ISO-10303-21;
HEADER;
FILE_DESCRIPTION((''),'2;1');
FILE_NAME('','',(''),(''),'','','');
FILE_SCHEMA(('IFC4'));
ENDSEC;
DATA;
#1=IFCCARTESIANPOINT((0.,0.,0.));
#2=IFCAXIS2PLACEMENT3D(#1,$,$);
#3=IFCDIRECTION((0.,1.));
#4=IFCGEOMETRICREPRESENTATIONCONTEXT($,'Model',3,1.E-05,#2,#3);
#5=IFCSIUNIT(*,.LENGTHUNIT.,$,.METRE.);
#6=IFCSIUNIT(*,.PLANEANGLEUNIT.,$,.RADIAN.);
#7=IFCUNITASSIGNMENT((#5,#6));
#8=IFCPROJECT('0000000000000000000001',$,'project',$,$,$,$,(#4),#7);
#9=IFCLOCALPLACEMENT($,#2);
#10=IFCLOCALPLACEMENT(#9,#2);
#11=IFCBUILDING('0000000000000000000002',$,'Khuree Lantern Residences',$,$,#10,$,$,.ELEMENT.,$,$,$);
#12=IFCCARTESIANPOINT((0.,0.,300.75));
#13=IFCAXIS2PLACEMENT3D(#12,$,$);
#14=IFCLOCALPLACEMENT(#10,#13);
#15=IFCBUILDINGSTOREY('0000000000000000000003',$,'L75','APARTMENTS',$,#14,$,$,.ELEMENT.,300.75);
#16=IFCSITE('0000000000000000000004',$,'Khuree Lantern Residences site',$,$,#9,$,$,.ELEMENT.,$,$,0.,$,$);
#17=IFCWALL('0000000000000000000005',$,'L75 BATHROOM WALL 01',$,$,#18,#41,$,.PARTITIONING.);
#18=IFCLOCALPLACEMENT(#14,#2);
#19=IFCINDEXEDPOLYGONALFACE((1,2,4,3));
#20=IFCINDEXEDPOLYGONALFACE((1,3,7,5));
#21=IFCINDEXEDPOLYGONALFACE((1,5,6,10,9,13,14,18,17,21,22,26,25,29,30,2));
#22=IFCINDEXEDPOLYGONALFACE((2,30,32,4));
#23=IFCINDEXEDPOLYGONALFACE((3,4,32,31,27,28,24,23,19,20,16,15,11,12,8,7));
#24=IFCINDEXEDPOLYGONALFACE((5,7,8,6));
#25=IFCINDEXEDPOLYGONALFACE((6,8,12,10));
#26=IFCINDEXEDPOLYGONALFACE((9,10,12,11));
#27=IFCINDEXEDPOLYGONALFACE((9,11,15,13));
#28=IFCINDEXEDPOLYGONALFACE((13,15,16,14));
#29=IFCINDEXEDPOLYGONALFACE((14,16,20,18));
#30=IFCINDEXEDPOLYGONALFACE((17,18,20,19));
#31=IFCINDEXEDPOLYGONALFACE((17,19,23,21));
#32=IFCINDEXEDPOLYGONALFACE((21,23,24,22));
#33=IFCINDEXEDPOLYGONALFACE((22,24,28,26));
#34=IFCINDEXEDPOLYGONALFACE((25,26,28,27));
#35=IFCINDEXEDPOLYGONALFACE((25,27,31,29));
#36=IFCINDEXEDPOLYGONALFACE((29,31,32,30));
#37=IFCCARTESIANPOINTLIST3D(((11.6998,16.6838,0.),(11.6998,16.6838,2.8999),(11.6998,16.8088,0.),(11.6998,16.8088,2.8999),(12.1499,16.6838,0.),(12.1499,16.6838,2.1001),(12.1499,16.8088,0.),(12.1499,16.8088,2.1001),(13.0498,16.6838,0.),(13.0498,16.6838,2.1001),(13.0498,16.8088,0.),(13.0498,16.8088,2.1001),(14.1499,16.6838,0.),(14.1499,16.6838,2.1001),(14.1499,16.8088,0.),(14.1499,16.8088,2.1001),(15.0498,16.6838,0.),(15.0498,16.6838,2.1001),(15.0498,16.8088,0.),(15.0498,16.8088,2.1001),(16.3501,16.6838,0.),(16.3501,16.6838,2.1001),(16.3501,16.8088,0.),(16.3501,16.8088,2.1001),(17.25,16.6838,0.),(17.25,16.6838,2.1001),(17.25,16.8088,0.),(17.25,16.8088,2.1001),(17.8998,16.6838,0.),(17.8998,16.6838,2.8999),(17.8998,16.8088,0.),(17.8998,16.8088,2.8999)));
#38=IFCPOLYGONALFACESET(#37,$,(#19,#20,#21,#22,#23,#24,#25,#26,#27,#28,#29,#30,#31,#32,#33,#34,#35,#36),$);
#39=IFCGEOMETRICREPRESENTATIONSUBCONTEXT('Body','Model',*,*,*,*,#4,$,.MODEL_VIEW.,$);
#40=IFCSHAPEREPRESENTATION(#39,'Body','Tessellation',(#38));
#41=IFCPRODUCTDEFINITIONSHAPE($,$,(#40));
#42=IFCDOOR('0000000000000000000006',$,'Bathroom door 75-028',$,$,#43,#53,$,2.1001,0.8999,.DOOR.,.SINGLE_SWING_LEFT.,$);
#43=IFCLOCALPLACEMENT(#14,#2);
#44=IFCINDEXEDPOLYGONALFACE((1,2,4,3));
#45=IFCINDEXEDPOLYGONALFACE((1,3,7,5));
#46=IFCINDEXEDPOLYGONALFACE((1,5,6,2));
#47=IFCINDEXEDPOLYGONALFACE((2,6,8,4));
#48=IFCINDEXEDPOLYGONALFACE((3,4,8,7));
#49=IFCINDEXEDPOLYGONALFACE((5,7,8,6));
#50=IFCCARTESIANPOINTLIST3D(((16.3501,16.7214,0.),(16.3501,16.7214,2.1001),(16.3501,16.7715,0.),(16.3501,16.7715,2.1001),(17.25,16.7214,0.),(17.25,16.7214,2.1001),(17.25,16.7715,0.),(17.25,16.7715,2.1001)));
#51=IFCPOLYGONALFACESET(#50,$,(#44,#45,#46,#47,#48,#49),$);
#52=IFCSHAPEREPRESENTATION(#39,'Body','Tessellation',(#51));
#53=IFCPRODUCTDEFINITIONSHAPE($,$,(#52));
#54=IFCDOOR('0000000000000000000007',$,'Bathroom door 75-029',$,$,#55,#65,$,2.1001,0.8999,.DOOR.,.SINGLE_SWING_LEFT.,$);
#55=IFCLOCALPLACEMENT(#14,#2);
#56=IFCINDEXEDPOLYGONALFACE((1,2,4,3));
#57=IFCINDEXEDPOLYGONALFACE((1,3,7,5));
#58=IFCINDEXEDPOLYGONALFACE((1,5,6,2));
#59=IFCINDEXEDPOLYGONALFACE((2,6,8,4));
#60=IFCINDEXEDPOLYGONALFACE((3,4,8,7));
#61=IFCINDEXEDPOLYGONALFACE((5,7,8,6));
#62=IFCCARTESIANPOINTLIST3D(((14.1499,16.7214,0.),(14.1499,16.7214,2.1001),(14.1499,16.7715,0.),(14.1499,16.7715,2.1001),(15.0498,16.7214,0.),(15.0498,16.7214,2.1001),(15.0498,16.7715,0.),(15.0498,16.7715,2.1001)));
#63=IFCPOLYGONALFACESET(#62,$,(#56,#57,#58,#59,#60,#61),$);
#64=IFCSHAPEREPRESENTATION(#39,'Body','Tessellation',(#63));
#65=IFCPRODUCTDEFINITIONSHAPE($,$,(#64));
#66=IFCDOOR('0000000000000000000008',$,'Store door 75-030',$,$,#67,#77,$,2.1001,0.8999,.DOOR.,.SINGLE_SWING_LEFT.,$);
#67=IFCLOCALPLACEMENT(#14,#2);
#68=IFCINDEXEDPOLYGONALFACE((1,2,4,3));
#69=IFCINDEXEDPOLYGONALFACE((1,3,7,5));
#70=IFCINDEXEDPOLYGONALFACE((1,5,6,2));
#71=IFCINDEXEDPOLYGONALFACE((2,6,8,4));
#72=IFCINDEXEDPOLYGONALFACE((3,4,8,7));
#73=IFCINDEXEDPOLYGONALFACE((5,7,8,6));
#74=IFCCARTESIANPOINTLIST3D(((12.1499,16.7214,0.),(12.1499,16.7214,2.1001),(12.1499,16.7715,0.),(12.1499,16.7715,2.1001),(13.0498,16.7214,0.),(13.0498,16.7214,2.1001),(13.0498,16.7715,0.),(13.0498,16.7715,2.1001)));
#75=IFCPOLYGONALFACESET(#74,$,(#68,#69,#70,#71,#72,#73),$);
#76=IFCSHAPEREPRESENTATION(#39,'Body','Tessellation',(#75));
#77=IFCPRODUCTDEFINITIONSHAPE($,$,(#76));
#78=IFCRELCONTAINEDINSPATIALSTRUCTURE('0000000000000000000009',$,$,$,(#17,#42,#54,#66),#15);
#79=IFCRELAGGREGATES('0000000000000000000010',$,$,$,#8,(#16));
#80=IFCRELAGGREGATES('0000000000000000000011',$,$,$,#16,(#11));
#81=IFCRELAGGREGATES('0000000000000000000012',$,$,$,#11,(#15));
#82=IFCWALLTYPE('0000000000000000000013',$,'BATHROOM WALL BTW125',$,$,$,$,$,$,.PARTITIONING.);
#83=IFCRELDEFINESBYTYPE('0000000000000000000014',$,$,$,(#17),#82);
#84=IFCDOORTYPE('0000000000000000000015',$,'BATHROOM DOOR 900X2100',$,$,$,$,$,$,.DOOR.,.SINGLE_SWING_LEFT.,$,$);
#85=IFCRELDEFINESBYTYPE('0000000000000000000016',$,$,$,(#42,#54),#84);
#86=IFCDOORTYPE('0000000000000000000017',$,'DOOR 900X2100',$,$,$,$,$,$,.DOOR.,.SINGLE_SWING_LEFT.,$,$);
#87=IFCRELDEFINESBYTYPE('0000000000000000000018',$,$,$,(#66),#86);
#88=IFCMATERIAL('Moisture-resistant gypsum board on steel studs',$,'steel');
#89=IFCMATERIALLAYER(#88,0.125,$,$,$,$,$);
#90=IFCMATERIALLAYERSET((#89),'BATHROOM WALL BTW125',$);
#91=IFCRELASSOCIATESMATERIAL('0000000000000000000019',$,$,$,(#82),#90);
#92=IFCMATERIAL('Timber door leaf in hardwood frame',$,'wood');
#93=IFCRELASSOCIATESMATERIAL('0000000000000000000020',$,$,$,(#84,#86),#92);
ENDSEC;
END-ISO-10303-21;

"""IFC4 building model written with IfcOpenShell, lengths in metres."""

from ifc_helpers import new_model, si_unit, direction, frame, frame_2d, origin, place, context, subcontext, project, spatial, rectangle, extrude, material, layer, layer_set, type_object, element, fill, save


model = new_model("IFC4")

# Units and contexts
model_context = context("Model", 3, precision=1e-05, world=origin(), true_north=direction((0.0, 1.0)))
body_context = subcontext(model_context, "Body", "Model", "MODEL_VIEW")
ifc_project = project(units=[si_unit("LENGTHUNIT", "METRE"), si_unit("PLANEANGLEUNIT", "RADIAN")], contexts=[model_context])

# Site, building, storey
site_placement = place(None, origin())
site = spatial("IfcSite", under=ifc_project, at=site_placement, Name="Khuree Lantern Residences site", CompositionType="ELEMENT", RefElevation=0.0)
building_placement = place(site_placement, origin())
building = spatial("IfcBuilding", under=site, at=building_placement, Name="Khuree Lantern Residences", CompositionType="ELEMENT")
storey_placement = place(building_placement, frame((0.0, 0.0, 300.75)))
storey = spatial("IfcBuildingStorey", under=building, at=storey_placement, Name="L75", Description="APARTMENTS", CompositionType="ELEMENT", Elevation=300.75)

# Wall, openings, doors
ifc_material_1 = material(Name="Moisture-resistant gypsum board on steel studs", Category="steel")
ifc_layer_1 = layer(ifc_material_1, 0.125)
ifc_layer_set_1 = layer_set([ifc_layer_1], Name="BATHROOM WALL BTW125")
wall_type = type_object("IfcWallType", Name="BATHROOM WALL BTW125", PredefinedType="PARTITIONING", material=ifc_layer_set_1)
wall_placement = place(storey_placement, frame((17.8999, 16.7463, 0.0), z_axis=(0.0, 0.0, 1.0), x_axis=(-1.0, 0.0, 0.0)))
wall = element("IfcWall", 1, at=wall_placement, inside=storey, type_object=wall_type, Name="L75 BATHROOM WALL 01", PredefinedType="PARTITIONING", context=body_context, shape_type="SweptSolid", body=[
    extrude(rectangle(XDim=6.2, YDim=0.125, at=frame_2d((3.1001, 0.0))), origin(), (0.0, 0.0, 1.0), 2.8999),
])
opening_1_placement = place(wall_placement, frame((0.6499, 0.0, 0.0)))
opening_1 = element("IfcOpeningElement", 2, at=opening_1_placement, cuts=wall, PredefinedType="OPENING", context=body_context, shape_type="SweptSolid", body=[
    extrude(rectangle(XDim=0.8999, YDim=2.1001, at=frame_2d((0.45, 1.05))), frame((0.0, 0.0725, 0.0), z_axis=(0.0, -1.0, 0.0), x_axis=(1.0, 0.0, 0.0)), (0.0, 0.0, 1.0), 0.145),
])
opening_2_placement = place(wall_placement, frame((2.8501, 0.0, 0.0)))
opening_2 = element("IfcOpeningElement", 3, at=opening_2_placement, cuts=wall, PredefinedType="OPENING", context=body_context, shape_type="SweptSolid", body=[
    extrude(rectangle(XDim=0.8999, YDim=2.1001, at=frame_2d((0.45, 1.05))), frame((0.0, 0.0725, 0.0), z_axis=(0.0, -1.0, 0.0), x_axis=(1.0, 0.0, 0.0)), (0.0, 0.0, 1.0), 0.145),
])
opening_3_placement = place(wall_placement, frame((4.8501, 0.0, 0.0)))
opening_3 = element("IfcOpeningElement", 4, at=opening_3_placement, cuts=wall, PredefinedType="OPENING", context=body_context, shape_type="SweptSolid", body=[
    extrude(rectangle(XDim=0.8999, YDim=2.1001, at=frame_2d((0.45, 1.05))), frame((0.0, 0.0725, 0.0), z_axis=(0.0, -1.0, 0.0), x_axis=(1.0, 0.0, 0.0)), (0.0, 0.0, 1.0), 0.145),
])
ifc_material_2 = material(Name="Timber door leaf in hardwood frame", Category="wood")
door_type_1 = type_object("IfcDoorType", Name="BATHROOM DOOR 900X2100", OperationType="SINGLE_SWING_LEFT", PredefinedType="DOOR", material=ifc_material_2)
door_1_placement = place(opening_1_placement, origin())
door_1 = element("IfcDoor", 5, at=door_1_placement, inside=storey, type_object=door_type_1, Name="Bathroom door 75-028", OperationType="SINGLE_SWING_LEFT", OverallHeight=2.1001, OverallWidth=0.8999, PredefinedType="DOOR", context=body_context, shape_type="SweptSolid", body=[
    extrude(rectangle(XDim=0.8999, YDim=2.1001, at=frame_2d((0.45, 1.05))), frame((0.0, 0.0249, 0.0), z_axis=(0.0, -1.0, 0.0), x_axis=(1.0, 0.0, 0.0)), (0.0, 0.0, 1.0), 0.05),
])
fill(opening_1, door_1)
door_2_placement = place(opening_2_placement, origin())
door_2 = element("IfcDoor", 6, at=door_2_placement, inside=storey, type_object=door_type_1, Name="Bathroom door 75-029", OperationType="SINGLE_SWING_LEFT", OverallHeight=2.1001, OverallWidth=0.8999, PredefinedType="DOOR", context=body_context, shape_type="SweptSolid", body=[
    extrude(rectangle(XDim=0.8999, YDim=2.1001, at=frame_2d((0.45, 1.05))), frame((0.0, 0.0249, 0.0), z_axis=(0.0, -1.0, 0.0), x_axis=(1.0, 0.0, 0.0)), (0.0, 0.0, 1.0), 0.05),
])
fill(opening_2, door_2)
door_type_2 = type_object("IfcDoorType", Name="DOOR 900X2100", OperationType="SINGLE_SWING_LEFT", PredefinedType="DOOR", material=ifc_material_2)
door_3_placement = place(opening_3_placement, origin())
door_3 = element("IfcDoor", 7, at=door_3_placement, inside=storey, type_object=door_type_2, Name="Store door 75-030", OperationType="SINGLE_SWING_LEFT", OverallHeight=2.1001, OverallWidth=0.8999, PredefinedType="DOOR", context=body_context, shape_type="SweptSolid", body=[
    extrude(rectangle(XDim=0.8999, YDim=2.1001, at=frame_2d((0.45, 1.05))), frame((0.0, 0.0249, 0.0), z_axis=(0.0, -1.0, 0.0), x_axis=(1.0, 0.0, 0.0)), (0.0, 0.0, 1.0), 0.05),
])
fill(opening_3, door_3)

save(model, "model.ifc")
